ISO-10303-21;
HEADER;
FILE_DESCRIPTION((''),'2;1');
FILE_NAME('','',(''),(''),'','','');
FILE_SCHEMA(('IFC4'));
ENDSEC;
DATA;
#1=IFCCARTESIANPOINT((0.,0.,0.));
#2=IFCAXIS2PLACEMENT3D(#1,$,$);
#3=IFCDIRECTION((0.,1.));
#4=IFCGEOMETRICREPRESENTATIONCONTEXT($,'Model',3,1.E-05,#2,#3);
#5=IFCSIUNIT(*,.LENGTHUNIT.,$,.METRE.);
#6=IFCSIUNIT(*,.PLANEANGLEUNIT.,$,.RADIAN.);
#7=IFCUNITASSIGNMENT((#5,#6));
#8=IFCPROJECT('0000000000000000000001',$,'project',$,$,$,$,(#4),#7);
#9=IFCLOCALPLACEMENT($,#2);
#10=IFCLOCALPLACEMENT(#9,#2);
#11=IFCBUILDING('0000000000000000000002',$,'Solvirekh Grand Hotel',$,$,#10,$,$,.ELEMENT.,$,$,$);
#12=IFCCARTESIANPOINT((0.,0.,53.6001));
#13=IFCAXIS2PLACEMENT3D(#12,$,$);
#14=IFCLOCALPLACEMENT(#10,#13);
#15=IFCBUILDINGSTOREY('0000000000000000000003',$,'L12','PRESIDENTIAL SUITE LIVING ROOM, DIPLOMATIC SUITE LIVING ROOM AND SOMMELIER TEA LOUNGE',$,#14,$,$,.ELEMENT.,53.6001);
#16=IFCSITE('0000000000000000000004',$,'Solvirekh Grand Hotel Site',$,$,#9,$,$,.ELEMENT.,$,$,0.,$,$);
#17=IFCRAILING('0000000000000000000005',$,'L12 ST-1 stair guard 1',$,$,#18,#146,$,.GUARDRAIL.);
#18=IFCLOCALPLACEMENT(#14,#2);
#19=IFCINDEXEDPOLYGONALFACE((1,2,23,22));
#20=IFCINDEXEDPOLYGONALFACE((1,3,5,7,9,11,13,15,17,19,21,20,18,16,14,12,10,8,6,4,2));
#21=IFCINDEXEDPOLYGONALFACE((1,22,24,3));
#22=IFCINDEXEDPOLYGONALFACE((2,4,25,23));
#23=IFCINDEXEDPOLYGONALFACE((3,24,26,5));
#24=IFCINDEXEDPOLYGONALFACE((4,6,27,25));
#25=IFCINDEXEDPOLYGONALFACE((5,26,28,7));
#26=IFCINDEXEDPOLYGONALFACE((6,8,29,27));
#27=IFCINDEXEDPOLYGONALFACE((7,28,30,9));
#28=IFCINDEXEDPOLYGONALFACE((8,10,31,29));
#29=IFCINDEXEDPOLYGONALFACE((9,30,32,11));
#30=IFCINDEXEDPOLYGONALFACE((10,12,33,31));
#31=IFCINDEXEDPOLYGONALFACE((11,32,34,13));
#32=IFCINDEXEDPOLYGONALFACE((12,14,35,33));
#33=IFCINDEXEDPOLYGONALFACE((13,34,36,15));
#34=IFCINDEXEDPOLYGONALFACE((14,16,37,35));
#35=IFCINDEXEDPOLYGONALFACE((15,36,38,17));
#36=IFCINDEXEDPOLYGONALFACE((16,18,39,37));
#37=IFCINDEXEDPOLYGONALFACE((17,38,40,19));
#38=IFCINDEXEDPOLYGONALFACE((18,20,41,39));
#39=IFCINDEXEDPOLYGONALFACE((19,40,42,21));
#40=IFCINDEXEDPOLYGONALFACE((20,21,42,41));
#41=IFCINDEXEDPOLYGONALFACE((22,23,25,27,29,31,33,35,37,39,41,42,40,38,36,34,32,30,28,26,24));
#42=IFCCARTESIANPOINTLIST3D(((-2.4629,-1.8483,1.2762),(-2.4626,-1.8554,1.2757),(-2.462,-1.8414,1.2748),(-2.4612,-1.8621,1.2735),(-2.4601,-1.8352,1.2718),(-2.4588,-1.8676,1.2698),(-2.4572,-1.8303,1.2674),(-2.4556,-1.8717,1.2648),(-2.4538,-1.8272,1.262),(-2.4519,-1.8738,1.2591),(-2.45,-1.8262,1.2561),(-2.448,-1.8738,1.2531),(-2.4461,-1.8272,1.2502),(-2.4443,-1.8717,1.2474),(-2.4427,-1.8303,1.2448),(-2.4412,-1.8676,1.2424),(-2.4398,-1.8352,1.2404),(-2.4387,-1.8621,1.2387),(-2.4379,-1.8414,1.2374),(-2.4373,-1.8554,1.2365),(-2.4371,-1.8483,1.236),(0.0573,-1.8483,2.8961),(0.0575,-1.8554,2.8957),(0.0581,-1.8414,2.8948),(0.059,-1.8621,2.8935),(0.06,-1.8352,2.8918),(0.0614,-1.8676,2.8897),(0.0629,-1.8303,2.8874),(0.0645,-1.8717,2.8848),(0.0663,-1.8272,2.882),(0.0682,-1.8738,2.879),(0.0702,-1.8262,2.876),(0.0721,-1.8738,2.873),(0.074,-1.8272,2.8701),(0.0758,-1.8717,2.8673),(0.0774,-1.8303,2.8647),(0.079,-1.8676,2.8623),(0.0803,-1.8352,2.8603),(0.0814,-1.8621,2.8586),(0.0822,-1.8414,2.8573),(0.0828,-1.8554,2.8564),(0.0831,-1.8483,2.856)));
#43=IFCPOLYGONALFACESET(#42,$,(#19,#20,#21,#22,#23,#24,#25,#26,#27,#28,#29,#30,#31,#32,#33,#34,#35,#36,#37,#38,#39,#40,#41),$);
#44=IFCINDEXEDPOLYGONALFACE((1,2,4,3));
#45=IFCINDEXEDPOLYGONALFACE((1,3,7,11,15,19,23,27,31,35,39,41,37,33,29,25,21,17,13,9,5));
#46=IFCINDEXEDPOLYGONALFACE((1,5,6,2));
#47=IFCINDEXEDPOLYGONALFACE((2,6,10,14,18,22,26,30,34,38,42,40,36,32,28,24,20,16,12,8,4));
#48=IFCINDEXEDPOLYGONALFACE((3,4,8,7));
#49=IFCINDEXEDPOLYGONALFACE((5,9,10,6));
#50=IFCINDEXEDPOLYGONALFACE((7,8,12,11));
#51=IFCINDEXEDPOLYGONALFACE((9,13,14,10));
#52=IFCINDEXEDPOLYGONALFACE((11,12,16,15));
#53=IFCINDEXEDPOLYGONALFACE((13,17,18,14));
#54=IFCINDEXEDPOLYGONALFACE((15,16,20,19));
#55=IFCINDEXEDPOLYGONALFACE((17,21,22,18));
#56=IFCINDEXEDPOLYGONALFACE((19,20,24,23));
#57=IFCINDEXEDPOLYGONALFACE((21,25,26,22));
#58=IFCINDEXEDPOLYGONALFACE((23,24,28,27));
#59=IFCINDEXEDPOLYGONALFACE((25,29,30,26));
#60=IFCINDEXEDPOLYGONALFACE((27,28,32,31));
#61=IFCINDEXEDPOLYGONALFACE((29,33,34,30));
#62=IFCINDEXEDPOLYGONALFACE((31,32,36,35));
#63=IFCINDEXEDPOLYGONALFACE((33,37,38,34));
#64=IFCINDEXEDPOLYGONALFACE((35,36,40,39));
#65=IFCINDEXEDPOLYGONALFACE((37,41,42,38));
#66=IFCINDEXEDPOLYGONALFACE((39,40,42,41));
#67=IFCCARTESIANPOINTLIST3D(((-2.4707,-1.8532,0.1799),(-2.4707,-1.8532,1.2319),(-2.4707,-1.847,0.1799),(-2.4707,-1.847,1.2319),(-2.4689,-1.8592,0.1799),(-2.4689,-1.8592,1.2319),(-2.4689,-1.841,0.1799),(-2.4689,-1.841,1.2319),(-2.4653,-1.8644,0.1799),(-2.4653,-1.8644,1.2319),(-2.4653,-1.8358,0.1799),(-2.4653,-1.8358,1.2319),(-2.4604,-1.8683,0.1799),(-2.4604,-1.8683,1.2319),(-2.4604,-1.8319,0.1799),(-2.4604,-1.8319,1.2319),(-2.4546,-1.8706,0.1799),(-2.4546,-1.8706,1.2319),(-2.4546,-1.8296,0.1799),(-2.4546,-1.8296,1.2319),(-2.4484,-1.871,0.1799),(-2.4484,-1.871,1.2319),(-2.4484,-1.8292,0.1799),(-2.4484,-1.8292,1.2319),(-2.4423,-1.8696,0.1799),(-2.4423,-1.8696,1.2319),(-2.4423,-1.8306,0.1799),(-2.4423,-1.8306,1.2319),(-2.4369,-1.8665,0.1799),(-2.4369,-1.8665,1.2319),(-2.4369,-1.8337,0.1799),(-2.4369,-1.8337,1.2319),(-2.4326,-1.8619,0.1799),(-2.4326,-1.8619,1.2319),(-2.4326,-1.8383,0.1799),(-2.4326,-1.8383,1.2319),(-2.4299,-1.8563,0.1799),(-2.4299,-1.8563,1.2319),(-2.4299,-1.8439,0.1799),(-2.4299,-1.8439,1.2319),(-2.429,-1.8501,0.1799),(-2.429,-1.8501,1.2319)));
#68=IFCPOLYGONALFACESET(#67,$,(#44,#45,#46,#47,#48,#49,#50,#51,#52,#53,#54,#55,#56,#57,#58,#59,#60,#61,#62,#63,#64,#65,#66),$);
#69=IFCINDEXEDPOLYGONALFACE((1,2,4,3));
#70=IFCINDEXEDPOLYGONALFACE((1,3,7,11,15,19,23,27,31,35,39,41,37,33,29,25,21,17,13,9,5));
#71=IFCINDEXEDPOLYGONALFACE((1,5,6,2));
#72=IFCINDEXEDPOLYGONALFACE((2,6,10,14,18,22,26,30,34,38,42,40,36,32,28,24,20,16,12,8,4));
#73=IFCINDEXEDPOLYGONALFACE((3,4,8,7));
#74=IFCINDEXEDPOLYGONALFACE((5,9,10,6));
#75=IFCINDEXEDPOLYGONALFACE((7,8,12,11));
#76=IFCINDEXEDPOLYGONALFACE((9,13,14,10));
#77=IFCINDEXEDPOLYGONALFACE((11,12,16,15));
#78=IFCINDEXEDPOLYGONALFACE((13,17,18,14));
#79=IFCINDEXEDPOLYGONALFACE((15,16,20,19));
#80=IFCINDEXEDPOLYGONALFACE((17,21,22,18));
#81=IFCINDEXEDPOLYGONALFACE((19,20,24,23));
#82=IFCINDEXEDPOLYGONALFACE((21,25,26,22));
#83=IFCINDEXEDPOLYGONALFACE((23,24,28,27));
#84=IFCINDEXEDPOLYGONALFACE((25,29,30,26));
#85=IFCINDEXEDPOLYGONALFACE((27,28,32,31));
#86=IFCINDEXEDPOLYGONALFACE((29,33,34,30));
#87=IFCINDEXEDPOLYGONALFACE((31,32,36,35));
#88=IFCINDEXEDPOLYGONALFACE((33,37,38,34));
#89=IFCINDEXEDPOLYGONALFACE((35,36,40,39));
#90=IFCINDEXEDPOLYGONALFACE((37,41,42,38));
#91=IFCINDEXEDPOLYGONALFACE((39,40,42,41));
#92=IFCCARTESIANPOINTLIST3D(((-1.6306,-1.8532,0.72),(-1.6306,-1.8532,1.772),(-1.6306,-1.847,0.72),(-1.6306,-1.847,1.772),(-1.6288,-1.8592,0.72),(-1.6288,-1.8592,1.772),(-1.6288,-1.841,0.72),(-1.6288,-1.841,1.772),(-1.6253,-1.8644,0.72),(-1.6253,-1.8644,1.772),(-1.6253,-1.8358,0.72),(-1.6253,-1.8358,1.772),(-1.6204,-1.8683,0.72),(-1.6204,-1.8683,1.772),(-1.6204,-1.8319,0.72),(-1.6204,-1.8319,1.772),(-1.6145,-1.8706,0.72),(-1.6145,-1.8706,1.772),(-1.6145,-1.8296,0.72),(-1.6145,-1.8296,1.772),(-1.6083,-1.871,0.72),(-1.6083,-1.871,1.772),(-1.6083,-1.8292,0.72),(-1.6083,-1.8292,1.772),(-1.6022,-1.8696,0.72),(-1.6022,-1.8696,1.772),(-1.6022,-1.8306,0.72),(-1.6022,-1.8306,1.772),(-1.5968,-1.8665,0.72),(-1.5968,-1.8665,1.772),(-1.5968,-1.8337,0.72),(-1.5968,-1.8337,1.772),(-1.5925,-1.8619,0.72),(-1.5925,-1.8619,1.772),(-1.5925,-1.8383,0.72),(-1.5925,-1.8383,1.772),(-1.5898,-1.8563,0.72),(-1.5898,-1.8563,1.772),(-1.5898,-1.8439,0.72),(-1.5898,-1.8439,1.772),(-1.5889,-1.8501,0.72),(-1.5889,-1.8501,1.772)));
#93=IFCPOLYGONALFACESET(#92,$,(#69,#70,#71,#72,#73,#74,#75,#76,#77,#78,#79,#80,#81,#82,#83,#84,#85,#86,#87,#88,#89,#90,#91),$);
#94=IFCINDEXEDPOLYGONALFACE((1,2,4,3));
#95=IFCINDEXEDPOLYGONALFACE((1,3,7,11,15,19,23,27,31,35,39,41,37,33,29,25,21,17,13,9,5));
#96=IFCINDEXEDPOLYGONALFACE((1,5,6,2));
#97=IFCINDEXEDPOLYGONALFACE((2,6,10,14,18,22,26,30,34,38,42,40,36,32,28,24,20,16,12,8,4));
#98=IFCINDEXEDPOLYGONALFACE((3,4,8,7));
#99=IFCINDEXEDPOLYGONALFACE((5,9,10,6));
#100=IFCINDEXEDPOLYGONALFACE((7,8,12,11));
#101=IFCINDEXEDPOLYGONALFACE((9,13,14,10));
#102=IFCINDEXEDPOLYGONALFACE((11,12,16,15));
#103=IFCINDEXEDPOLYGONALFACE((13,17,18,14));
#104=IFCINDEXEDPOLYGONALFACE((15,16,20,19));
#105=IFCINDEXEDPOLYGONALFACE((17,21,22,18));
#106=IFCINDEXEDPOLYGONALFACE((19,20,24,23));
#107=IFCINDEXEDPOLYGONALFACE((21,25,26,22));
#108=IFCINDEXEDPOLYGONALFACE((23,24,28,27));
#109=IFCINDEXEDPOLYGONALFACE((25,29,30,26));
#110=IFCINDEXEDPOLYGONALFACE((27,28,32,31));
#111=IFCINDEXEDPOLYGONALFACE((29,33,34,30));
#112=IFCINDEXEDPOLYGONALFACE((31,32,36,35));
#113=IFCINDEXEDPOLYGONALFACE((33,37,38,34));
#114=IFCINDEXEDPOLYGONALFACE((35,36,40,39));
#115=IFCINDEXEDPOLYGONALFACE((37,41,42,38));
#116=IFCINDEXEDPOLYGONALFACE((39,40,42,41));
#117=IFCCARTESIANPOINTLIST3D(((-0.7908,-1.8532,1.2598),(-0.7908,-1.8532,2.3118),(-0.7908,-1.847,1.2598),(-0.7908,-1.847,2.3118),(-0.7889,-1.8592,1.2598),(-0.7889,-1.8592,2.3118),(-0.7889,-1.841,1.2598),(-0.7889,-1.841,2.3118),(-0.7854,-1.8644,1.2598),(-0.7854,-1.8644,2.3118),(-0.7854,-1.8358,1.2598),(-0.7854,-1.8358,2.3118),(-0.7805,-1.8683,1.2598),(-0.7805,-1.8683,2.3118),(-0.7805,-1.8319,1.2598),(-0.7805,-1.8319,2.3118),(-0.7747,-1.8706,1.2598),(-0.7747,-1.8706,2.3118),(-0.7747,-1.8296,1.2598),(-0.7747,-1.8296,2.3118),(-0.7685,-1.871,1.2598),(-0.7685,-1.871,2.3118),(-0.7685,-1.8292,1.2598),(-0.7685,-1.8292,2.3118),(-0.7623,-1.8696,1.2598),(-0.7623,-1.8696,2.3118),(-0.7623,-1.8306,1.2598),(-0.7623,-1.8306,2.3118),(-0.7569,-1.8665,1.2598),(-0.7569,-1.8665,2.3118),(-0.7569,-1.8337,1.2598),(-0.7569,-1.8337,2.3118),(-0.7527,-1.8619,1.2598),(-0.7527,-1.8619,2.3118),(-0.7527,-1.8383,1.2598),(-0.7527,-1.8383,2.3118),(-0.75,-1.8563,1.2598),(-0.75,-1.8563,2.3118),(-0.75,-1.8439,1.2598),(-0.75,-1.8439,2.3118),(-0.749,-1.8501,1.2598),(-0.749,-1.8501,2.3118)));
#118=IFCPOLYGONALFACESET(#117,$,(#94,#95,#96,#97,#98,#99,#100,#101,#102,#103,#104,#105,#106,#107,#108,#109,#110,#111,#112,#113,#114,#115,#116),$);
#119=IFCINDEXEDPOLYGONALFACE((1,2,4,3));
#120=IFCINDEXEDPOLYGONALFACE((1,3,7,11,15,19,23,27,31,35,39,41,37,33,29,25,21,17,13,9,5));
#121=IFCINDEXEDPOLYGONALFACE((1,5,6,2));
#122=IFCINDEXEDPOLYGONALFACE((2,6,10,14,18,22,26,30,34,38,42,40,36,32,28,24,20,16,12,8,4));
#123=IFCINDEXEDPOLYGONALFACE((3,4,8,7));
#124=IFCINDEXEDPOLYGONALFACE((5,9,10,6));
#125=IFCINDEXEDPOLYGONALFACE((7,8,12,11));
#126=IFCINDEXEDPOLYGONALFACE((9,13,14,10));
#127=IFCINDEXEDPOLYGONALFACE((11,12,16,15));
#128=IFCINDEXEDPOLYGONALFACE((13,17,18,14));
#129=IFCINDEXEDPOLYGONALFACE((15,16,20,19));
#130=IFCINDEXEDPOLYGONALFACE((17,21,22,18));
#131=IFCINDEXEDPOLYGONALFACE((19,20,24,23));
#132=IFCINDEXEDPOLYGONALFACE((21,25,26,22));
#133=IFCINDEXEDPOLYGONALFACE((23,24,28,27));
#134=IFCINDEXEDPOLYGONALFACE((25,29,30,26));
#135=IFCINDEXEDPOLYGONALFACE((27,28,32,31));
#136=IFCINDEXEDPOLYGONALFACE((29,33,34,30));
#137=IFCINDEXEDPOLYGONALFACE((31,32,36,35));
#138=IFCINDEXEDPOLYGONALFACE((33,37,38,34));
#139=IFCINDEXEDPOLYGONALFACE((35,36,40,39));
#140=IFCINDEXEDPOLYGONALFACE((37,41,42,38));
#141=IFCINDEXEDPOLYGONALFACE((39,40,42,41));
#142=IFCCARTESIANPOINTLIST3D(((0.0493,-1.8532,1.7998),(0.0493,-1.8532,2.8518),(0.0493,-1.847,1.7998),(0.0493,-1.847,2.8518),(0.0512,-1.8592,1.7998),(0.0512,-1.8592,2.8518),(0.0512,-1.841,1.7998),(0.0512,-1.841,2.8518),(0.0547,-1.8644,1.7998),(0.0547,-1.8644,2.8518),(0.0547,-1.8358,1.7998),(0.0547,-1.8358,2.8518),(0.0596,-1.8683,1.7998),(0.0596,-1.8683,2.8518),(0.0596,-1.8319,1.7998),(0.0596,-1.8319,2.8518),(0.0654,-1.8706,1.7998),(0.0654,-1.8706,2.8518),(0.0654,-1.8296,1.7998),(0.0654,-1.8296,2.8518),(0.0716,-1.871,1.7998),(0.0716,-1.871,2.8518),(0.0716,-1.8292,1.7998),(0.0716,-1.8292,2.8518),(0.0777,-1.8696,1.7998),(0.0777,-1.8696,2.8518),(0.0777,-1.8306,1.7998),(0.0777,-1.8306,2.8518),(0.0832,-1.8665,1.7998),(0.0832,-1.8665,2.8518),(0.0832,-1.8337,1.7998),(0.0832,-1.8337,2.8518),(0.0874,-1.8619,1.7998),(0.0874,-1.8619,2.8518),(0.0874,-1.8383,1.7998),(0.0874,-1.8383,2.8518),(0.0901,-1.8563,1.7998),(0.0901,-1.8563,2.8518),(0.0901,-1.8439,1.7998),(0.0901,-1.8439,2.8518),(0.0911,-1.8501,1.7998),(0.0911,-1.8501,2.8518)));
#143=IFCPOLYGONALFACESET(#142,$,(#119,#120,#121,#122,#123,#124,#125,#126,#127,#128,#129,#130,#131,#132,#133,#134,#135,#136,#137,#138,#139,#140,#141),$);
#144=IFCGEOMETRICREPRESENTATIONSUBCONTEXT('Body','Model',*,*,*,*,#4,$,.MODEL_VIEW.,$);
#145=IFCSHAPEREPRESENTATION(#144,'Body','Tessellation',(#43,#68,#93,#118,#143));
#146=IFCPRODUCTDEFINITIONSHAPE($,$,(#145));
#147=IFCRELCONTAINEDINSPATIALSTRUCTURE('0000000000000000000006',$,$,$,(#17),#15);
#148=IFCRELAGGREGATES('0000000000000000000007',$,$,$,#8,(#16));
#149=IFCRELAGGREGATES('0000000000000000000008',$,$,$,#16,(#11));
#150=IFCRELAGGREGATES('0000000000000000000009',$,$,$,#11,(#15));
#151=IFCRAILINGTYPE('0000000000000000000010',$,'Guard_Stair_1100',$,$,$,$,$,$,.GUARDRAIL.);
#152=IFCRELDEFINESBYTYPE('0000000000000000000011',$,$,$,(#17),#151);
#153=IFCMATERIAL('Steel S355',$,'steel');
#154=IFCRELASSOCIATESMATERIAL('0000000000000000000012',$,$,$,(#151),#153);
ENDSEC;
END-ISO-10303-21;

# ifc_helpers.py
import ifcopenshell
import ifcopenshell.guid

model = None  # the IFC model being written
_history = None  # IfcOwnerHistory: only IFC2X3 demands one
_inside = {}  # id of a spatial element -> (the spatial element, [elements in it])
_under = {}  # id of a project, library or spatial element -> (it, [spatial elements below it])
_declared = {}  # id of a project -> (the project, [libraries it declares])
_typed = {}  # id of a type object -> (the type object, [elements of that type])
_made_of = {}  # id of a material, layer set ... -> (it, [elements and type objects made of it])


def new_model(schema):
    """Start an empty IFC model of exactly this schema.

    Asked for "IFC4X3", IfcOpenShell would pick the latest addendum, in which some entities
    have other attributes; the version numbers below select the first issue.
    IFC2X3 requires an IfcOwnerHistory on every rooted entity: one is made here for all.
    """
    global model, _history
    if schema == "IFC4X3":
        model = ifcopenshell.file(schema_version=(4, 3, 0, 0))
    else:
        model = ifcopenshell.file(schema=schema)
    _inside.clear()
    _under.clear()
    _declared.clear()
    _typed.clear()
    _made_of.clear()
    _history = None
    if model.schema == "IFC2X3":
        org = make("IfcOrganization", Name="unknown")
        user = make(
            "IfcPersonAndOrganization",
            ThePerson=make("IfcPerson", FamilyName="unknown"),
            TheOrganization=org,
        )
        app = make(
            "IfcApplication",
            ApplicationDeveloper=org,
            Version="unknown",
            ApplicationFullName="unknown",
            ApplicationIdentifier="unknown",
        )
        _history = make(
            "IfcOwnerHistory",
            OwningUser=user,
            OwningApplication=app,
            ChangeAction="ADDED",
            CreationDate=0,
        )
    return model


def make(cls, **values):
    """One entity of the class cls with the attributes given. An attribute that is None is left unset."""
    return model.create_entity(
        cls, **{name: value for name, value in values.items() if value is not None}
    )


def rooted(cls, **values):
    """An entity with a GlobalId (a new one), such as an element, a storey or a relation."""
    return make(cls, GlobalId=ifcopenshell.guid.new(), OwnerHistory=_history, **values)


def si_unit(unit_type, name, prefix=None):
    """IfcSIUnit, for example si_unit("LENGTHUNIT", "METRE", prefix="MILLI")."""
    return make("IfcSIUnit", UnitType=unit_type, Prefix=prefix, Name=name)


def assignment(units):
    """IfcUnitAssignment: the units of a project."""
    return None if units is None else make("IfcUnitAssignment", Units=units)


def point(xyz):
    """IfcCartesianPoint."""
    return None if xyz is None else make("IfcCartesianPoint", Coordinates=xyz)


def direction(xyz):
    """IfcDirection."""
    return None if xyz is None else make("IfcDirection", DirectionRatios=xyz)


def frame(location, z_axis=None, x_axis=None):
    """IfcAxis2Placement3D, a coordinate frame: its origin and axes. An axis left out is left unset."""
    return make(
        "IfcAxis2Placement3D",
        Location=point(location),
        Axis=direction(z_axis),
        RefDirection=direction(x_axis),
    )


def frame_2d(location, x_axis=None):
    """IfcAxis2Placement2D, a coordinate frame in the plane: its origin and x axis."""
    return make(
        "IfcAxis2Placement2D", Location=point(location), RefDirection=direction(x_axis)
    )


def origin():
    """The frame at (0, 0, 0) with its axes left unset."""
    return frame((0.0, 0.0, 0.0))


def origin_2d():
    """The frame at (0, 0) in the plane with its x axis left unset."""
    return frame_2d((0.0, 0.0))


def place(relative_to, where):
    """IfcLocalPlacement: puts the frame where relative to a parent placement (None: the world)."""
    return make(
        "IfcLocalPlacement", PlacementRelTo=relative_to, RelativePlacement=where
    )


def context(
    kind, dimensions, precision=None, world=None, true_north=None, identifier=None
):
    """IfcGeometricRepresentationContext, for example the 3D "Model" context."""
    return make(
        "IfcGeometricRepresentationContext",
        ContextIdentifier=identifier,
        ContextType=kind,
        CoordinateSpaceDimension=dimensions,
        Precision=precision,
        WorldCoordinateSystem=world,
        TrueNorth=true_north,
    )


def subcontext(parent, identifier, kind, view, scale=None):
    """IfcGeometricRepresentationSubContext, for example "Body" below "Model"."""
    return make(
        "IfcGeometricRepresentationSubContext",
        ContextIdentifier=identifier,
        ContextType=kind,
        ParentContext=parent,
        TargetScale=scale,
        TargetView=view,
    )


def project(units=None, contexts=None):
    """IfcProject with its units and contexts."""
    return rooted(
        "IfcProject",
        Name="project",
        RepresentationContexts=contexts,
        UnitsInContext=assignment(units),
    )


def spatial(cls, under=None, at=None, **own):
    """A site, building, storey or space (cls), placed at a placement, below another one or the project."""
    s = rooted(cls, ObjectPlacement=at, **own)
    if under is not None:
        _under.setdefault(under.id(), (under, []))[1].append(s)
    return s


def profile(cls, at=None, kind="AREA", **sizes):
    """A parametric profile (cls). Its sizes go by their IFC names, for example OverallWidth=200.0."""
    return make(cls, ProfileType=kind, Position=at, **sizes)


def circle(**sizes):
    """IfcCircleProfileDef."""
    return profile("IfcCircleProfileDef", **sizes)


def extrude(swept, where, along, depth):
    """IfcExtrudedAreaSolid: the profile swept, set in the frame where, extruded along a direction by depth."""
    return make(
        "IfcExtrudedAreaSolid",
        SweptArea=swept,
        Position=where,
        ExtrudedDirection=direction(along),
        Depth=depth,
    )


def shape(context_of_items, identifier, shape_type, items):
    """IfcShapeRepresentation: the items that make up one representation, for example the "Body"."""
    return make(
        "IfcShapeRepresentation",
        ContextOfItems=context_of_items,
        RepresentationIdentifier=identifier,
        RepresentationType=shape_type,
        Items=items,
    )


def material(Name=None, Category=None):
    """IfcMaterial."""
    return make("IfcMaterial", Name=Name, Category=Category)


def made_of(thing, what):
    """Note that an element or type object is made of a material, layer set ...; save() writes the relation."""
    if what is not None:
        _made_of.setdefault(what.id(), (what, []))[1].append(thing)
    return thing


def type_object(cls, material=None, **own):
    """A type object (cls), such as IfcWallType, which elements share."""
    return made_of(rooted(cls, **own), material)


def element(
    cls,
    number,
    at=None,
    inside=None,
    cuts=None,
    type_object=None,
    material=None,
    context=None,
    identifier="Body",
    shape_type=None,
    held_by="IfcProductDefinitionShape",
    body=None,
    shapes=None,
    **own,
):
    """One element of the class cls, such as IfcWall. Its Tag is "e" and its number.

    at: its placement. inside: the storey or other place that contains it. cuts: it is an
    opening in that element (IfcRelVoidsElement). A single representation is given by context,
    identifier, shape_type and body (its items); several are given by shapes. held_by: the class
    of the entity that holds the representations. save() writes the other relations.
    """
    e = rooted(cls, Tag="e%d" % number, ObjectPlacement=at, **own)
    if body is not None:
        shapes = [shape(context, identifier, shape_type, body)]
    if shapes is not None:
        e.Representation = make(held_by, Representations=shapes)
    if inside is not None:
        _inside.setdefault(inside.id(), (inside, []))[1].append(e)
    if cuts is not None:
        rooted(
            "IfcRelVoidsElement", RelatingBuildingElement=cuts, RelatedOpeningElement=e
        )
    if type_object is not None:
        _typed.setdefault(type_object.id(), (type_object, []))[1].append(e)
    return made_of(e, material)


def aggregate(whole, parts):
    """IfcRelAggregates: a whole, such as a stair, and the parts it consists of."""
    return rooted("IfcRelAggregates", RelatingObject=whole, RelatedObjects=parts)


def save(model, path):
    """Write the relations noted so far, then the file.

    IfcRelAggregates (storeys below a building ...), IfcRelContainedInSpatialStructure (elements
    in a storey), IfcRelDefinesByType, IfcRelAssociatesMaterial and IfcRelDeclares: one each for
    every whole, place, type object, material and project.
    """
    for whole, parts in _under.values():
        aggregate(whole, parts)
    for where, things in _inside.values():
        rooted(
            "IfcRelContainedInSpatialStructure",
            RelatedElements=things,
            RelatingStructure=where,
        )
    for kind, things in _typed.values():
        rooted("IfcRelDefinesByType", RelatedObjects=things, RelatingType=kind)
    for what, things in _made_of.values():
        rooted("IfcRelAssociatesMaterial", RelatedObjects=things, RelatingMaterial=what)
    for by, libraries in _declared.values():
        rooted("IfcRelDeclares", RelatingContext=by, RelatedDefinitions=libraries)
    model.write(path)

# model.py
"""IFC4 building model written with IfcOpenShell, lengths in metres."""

from ifc_helpers import new_model, si_unit, direction, frame, origin, origin_2d, place, context, subcontext, project, spatial, circle, extrude, material, type_object, element, save


model = new_model("IFC4")

# Units and contexts
model_context = context("Model", 3, precision=1e-05, world=origin(), true_north=direction((0.0, 1.0)))
body_context = subcontext(model_context, "Body", "Model", "MODEL_VIEW")
ifc_project = project(units=[si_unit("LENGTHUNIT", "METRE"), si_unit("PLANEANGLEUNIT", "RADIAN")], contexts=[model_context])

# Site, building, storey
site_placement = place(None, origin())
site = spatial("IfcSite", under=ifc_project, at=site_placement, Name="Solvirekh Grand Hotel Site", CompositionType="ELEMENT", RefElevation=0.0)
building_placement = place(site_placement, origin())
building = spatial("IfcBuilding", under=site, at=building_placement, Name="Solvirekh Grand Hotel", CompositionType="ELEMENT")
storey_placement = place(building_placement, frame((0.0, 0.0, 53.6001)))
storey = spatial("IfcBuildingStorey", under=building, at=storey_placement, Name="L12", Description="PRESIDENTIAL SUITE LIVING ROOM, DIPLOMATIC SUITE LIVING ROOM AND SOMMELIER TEA LOUNGE", CompositionType="ELEMENT", Elevation=53.6001)

# Shared definitions
ifc_material_1 = material(Name="Steel S355", Category="steel")

# Railing
railing_type_1 = type_object("IfcRailingType", Name="Guard_Stair_1100", PredefinedType="GUARDRAIL", material=ifc_material_1)
railing_1_placement = place(storey_placement, frame((-2.45, -1.8501, 0.1799)))
element("IfcRailing", 1, at=railing_1_placement, inside=storey, type_object=railing_type_1, Name="L12 ST-1 stair guard 1", PredefinedType="GUARDRAIL", context=body_context, shape_type="SweptSolid", body=[
    extrude(circle(Radius=0.0239, at=origin_2d()), frame((0.0, 0.0, 1.0762), z_axis=(0.8412, 0.0, 0.540725), x_axis=(0.0, 1.0, 0.0)), (0.0, 0.0, 1.0), 2.9958),
    extrude(circle(Radius=0.021, at=origin_2d()), origin(), (0.0, 0.0, 1.0), 1.052),
    extrude(circle(Radius=0.021, at=origin_2d()), frame((0.8401, 0.0, 0.54)), (0.0, 0.0, 1.0), 1.052),
    extrude(circle(Radius=0.021, at=origin_2d()), frame((1.6799, 0.0, 1.0798)), (0.0, 0.0, 1.0), 1.052),
    extrude(circle(Radius=0.021, at=origin_2d()), frame((2.52, 0.0, 1.6199)), (0.0, 0.0, 1.0), 1.052),
])

save(model, "model.ifc")
